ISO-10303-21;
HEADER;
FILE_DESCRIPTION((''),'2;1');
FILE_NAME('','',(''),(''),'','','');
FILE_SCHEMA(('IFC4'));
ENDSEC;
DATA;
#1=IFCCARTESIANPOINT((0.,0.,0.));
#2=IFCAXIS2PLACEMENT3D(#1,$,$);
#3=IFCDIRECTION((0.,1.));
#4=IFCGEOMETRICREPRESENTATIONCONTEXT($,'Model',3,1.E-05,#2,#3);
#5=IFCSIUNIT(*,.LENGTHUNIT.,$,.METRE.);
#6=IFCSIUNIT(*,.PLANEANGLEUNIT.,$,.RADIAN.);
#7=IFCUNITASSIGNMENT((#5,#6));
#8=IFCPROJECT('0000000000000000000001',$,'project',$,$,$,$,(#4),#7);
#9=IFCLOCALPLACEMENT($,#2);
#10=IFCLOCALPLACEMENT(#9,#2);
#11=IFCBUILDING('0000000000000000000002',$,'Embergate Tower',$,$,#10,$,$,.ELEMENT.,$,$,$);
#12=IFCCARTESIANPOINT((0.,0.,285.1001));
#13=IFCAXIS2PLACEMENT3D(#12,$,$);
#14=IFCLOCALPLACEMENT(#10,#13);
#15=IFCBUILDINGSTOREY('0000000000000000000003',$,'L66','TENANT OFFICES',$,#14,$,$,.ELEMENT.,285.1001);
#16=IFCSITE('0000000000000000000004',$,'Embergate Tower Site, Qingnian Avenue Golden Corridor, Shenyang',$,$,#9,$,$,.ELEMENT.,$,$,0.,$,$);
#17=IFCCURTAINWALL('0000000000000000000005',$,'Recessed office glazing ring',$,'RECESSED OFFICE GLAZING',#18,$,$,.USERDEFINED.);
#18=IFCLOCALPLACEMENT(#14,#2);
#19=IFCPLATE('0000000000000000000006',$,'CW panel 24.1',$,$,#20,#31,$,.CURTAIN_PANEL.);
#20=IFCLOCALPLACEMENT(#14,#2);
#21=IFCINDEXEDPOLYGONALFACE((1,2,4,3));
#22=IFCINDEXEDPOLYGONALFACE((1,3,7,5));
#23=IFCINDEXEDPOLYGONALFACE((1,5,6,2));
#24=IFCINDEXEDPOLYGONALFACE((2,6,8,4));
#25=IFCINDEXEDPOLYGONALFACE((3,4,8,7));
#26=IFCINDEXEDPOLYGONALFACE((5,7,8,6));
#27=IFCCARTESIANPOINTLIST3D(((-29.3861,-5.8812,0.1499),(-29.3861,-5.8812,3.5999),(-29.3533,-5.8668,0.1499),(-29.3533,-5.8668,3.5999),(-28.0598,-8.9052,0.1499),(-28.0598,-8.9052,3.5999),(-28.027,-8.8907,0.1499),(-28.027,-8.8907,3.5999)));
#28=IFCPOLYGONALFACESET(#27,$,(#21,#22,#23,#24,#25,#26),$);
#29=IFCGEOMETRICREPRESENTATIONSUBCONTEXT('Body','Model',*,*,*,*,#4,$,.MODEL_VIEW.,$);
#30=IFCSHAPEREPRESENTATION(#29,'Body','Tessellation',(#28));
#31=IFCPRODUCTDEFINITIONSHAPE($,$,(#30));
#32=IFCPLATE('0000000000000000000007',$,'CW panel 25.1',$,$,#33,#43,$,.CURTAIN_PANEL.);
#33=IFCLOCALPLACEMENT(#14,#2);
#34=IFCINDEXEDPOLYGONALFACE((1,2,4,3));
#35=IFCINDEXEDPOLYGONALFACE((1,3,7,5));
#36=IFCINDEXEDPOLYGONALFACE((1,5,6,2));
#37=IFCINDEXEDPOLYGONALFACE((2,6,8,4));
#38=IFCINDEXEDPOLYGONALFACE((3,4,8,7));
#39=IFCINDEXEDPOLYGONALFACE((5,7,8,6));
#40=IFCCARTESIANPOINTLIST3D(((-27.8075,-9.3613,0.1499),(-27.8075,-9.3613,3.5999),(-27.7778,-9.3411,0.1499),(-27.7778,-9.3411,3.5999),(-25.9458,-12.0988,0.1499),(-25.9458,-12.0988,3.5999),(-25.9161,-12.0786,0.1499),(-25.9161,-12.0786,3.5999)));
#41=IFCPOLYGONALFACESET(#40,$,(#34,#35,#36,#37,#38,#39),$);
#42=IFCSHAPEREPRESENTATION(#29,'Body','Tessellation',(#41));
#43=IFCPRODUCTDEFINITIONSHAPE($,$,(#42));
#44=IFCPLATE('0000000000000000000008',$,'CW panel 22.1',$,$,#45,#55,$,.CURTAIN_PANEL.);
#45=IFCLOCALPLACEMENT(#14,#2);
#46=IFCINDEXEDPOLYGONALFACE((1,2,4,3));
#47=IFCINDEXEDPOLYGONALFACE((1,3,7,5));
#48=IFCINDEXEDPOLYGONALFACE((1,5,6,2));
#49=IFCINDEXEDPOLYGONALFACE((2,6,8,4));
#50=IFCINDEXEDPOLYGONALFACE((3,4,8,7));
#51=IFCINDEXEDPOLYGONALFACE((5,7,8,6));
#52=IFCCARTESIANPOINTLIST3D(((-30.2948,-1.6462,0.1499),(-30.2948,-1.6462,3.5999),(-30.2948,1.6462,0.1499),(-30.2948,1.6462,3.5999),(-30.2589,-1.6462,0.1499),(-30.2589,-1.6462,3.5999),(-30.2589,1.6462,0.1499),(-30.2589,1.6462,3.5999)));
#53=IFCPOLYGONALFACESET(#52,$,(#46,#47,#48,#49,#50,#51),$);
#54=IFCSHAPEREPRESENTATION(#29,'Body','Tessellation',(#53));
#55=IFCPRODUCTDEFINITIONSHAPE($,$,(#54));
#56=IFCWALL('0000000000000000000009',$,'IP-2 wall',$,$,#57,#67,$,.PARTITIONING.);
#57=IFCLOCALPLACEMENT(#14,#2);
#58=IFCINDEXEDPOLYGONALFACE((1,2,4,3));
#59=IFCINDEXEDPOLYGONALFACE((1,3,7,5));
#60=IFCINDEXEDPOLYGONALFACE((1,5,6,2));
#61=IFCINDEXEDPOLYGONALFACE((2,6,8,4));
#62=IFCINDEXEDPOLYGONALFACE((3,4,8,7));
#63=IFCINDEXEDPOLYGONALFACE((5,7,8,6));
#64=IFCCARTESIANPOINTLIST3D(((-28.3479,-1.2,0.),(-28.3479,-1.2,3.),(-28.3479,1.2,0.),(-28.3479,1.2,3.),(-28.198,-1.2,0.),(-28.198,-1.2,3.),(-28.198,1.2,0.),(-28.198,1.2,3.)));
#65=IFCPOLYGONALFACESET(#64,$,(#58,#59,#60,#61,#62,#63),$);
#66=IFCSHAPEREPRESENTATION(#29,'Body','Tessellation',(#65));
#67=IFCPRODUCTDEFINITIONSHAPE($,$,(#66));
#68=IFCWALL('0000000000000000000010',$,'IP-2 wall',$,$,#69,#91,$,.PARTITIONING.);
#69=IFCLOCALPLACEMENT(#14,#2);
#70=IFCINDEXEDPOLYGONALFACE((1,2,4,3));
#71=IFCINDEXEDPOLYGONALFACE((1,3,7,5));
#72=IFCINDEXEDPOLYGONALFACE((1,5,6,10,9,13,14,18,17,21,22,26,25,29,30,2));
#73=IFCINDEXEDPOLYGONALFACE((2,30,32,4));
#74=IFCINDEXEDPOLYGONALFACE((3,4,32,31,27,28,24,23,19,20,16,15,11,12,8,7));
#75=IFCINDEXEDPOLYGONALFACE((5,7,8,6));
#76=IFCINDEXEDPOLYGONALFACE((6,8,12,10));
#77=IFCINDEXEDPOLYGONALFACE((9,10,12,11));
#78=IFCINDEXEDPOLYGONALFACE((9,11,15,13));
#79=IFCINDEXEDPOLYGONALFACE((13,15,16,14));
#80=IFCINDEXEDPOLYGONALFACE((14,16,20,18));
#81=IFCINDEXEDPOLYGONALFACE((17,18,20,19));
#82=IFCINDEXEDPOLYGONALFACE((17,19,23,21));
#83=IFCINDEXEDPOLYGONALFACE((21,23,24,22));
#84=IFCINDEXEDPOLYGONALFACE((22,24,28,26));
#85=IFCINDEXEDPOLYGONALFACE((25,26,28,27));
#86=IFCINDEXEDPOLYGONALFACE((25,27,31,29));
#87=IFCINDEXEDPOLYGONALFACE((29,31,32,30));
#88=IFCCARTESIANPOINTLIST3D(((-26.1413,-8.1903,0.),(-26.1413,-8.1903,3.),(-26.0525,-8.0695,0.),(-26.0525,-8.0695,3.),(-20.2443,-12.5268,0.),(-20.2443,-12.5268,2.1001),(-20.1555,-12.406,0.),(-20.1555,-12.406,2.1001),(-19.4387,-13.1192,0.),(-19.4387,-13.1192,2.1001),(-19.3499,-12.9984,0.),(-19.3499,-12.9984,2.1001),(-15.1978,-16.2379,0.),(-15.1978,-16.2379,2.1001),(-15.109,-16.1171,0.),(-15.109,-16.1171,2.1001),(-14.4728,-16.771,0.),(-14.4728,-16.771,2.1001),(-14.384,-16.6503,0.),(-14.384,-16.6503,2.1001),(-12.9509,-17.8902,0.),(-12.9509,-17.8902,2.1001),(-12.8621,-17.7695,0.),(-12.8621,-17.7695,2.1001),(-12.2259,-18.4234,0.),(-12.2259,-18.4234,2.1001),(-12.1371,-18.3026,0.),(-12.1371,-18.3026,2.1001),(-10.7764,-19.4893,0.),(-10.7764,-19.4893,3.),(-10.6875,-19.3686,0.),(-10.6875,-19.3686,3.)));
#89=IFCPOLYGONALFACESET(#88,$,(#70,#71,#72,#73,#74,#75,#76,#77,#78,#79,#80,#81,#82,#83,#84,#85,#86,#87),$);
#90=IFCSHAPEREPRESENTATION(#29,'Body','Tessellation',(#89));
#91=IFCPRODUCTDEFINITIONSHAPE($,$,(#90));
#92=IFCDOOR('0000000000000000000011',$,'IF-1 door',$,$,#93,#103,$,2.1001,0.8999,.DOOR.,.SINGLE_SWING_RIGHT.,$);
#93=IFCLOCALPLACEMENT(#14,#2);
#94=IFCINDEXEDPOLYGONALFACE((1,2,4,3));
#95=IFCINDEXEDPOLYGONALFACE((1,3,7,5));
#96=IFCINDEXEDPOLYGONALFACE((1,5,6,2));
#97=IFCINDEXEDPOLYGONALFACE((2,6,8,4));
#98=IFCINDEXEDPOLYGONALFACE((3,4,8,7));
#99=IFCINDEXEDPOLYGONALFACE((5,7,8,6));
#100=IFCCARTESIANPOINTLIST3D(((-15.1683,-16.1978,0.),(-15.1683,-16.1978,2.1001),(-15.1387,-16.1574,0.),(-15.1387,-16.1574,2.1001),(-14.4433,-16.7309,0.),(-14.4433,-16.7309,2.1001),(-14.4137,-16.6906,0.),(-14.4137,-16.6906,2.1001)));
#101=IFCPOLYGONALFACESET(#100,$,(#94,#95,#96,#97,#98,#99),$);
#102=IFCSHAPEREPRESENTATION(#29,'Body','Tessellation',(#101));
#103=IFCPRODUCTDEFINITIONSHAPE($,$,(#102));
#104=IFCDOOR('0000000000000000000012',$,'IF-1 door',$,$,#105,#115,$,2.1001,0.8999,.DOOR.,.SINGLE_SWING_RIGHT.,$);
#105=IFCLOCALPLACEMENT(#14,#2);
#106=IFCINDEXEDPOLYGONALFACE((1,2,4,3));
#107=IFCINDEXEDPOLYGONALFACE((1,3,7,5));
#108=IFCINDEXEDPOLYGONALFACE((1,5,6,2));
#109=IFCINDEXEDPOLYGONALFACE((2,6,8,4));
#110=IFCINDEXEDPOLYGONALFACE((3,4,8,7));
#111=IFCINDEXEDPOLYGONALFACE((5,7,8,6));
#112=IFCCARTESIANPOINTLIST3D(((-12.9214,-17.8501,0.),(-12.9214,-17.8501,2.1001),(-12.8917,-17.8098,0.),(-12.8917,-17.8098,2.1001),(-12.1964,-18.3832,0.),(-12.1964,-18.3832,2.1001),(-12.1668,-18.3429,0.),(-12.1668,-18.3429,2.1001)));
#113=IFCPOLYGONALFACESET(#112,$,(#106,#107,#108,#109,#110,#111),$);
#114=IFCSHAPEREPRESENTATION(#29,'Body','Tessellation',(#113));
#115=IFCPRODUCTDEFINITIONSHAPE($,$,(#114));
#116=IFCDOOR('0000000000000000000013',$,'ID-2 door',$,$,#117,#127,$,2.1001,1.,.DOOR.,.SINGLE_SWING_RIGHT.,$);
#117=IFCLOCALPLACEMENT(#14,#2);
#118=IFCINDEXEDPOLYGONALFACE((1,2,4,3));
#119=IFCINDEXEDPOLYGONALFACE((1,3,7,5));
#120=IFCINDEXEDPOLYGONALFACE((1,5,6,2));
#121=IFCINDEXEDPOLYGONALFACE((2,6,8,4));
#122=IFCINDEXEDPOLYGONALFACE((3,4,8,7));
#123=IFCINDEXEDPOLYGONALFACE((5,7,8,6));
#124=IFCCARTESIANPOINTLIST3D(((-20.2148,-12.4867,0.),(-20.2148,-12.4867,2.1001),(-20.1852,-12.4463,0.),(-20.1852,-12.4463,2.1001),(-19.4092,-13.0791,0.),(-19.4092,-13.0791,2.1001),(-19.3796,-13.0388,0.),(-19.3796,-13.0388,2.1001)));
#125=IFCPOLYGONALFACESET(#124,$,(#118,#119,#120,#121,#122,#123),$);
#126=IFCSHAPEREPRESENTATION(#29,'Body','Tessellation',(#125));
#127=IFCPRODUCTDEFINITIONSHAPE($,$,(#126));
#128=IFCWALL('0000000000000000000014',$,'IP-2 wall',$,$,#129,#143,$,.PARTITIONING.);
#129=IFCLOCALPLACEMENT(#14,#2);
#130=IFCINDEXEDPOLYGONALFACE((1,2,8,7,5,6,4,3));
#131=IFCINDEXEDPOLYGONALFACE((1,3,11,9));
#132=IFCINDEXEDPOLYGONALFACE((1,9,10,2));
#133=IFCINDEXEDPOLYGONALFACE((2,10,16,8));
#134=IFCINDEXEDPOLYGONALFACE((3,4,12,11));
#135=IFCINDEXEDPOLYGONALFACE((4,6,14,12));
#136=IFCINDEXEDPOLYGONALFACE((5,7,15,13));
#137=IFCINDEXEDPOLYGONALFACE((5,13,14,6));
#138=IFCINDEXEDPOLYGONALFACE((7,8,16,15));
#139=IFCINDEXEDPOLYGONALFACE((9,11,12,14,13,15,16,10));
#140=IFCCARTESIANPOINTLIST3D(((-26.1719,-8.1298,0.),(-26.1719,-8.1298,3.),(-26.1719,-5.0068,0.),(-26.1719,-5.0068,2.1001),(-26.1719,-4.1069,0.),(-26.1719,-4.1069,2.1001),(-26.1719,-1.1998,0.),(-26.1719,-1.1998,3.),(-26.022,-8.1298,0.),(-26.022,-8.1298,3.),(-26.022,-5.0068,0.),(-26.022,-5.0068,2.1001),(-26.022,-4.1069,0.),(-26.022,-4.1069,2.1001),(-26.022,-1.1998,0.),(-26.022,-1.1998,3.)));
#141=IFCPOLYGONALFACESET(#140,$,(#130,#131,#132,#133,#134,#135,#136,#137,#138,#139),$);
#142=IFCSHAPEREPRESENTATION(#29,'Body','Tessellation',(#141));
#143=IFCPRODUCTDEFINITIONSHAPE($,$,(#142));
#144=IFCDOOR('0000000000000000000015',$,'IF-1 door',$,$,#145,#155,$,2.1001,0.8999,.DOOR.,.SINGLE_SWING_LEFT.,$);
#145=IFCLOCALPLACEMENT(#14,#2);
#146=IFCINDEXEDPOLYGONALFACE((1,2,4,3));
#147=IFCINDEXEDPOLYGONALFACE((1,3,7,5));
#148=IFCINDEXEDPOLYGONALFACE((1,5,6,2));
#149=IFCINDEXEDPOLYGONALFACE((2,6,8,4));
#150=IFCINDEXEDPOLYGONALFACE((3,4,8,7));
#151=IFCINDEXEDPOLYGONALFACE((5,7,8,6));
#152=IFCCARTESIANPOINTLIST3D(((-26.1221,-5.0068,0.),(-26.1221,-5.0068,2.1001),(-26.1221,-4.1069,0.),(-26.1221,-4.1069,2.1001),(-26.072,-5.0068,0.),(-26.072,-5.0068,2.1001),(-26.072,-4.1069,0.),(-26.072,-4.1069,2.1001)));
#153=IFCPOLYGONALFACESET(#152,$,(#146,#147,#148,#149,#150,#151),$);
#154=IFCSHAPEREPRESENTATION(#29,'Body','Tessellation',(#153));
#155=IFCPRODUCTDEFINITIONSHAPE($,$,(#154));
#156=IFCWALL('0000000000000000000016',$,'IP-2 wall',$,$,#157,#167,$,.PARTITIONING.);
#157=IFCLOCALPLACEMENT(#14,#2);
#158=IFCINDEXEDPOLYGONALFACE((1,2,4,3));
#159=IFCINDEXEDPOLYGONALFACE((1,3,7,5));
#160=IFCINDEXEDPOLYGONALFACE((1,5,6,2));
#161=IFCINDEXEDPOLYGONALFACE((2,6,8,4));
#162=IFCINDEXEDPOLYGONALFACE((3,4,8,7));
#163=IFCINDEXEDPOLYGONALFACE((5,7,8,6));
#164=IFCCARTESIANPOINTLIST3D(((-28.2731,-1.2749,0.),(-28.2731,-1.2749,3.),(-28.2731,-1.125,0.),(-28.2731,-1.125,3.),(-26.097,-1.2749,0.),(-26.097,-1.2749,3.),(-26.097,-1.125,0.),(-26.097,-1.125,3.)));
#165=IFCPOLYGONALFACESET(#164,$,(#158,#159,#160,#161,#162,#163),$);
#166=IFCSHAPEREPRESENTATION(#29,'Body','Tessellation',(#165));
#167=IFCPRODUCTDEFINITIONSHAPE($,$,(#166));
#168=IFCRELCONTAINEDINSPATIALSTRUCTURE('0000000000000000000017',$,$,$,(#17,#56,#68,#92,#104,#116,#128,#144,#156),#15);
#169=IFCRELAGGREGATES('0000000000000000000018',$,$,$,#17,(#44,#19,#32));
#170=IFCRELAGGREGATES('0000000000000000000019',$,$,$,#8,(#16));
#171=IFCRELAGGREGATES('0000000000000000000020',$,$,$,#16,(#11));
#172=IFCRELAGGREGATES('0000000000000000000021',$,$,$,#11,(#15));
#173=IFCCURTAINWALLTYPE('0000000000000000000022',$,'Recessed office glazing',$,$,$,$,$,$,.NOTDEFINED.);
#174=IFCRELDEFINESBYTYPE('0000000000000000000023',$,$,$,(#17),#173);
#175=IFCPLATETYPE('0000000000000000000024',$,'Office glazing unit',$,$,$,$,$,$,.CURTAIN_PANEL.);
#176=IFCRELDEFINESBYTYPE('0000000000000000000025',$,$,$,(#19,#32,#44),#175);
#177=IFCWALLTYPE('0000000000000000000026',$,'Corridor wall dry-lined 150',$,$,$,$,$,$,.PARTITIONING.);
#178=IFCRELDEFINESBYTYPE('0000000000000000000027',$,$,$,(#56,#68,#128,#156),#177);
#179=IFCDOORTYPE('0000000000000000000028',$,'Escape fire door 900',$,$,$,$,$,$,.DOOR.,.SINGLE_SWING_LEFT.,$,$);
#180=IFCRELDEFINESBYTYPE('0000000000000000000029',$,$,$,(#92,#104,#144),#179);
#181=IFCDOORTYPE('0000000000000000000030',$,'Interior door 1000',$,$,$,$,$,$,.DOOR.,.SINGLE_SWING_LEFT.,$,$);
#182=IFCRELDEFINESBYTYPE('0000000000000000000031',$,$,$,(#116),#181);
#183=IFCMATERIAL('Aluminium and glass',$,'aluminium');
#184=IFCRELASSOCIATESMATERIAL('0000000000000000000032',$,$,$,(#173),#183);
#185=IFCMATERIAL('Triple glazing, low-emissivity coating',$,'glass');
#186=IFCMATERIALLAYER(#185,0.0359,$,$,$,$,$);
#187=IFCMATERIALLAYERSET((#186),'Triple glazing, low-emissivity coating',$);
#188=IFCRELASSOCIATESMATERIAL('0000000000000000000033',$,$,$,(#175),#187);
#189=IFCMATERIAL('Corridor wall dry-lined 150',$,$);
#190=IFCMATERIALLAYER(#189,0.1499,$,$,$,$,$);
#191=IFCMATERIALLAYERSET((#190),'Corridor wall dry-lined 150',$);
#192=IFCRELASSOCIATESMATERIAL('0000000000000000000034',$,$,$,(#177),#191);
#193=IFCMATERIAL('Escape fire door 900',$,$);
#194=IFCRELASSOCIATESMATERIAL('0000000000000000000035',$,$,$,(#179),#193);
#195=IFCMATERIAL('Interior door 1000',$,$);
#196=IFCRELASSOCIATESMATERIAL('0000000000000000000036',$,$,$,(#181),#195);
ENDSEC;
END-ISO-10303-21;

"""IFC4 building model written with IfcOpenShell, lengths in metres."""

from ifc_helpers import new_model, si_unit, direction, frame, frame_2d, origin, origin_2d, place, context, subcontext, project, spatial, rectangle, extrude, source, transform, mapped, material, layer, layer_set, type_object, element, fill, aggregate, save


model = new_model("IFC4")

# Units and contexts
model_context = context("Model", 3, precision=1e-05, world=origin(), true_north=direction((0.0, 1.0)))
body_context = subcontext(model_context, "Body", "Model", "MODEL_VIEW")
ifc_project = project(units=[si_unit("LENGTHUNIT", "METRE"), si_unit("PLANEANGLEUNIT", "RADIAN")], contexts=[model_context])

# Site, building, storey
site_placement = place(None, origin())
site = spatial("IfcSite", under=ifc_project, at=site_placement, Name="Embergate Tower Site, Qingnian Avenue Golden Corridor, Shenyang", CompositionType="ELEMENT", RefElevation=0.0)
building_placement = place(site_placement, origin())
building = spatial("IfcBuilding", under=site, at=building_placement, Name="Embergate Tower", CompositionType="ELEMENT")
storey_placement = place(building_placement, frame((0.0, 0.0, 285.1001)))
storey = spatial("IfcBuildingStorey", under=building, at=storey_placement, Name="L66", Description="TENANT OFFICES", CompositionType="ELEMENT", Elevation=285.1001)

# Curtain wall, plates
ifc_material_1 = material(Name="Aluminium and glass", Category="aluminium")
curtain_wall_type = type_object("IfcCurtainWallType", Name="Recessed office glazing", PredefinedType="NOTDEFINED", material=ifc_material_1)
curtain_wall_placement = place(storey_placement, origin())
curtain_wall = element("IfcCurtainWall", 1, at=curtain_wall_placement, inside=storey, type_object=curtain_wall_type, Name="Recessed office glazing ring", ObjectType="RECESSED OFFICE GLAZING", PredefinedType="USERDEFINED")
ifc_material_2 = material(Name="Triple glazing, low-emissivity coating", Category="glass")
ifc_layer_1 = layer(ifc_material_2, 0.0359)
ifc_layer_set_1 = layer_set([ifc_layer_1], Name="Triple glazing, low-emissivity coating")
plate_type = type_object("IfcPlateType", Name="Office glazing unit", PredefinedType="CURTAIN_PANEL", material=ifc_layer_set_1)
shared_shape_1 = source(origin(), body_context, "Body", "SweptSolid", [
    extrude(rectangle(XDim=3.302, YDim=0.0359, at=origin_2d()), origin(), (0.0, 0.0, 1.0), 3.45),
])
plate_1_placement = place(storey_placement, frame((-28.7065, -7.386, 0.1499), z_axis=(0.0, 0.0, 1.0), x_axis=(0.401663, -0.915787, 0.0)))
plate_1 = element("IfcPlate", 2, at=plate_1_placement, type_object=plate_type, Name="CW panel 24.1", PredefinedType="CURTAIN_PANEL", context=body_context, shape_type="MappedRepresentation", body=[
    mapped(shared_shape_1, transform((0.0, 0.0, 0.0))),
])
shared_shape_2 = source(origin(), body_context, "Body", "SweptSolid", [
    extrude(rectangle(XDim=3.3105, YDim=0.0359, at=origin_2d()), origin(), (0.0, 0.0, 1.0), 3.45),
])
plate_2_placement = place(storey_placement, frame((-26.8618, -10.72, 0.1499), z_axis=(0.0, 0.0, 1.0), x_axis=(0.562353, -0.826897, 0.0)))
plate_2 = element("IfcPlate", 3, at=plate_2_placement, type_object=plate_type, Name="CW panel 25.1", PredefinedType="CURTAIN_PANEL", context=body_context, shape_type="MappedRepresentation", body=[
    mapped(shared_shape_2, transform((0.0, 0.0, 0.0))),
])
shared_shape_3 = source(origin(), body_context, "Body", "SweptSolid", [
    extrude(rectangle(XDim=3.2925, YDim=0.0359, at=origin_2d()), origin(), (0.0, 0.0, 1.0), 3.45),
])
plate_3_placement = place(storey_placement, frame((-30.2769, 0.0, 0.1499), z_axis=(0.0, 0.0, 1.0), x_axis=(0.0, -1.0, 0.0)))
plate_3 = element("IfcPlate", 4, at=plate_3_placement, type_object=plate_type, Name="CW panel 22.1", PredefinedType="CURTAIN_PANEL", context=body_context, shape_type="MappedRepresentation", body=[
    mapped(shared_shape_3, transform((0.0, 0.0, 0.0))),
])
aggregate(curtain_wall, [plate_3, plate_1, plate_2])

# Wall
ifc_material_3 = material(Name="Corridor wall dry-lined 150")
ifc_layer_2 = layer(ifc_material_3, 0.1499)
ifc_layer_set_2 = layer_set([ifc_layer_2], Name="Corridor wall dry-lined 150")
wall_type_1 = type_object("IfcWallType", Name="Corridor wall dry-lined 150", PredefinedType="PARTITIONING", material=ifc_layer_set_2)
shared_shape_4 = source(origin(), body_context, "Body", "SweptSolid", [
    extrude(rectangle(XDim=2.3999, YDim=0.1499, at=frame_2d((1.2, 0.0))), origin(), (0.0, 0.0, 1.0), 3.0),
])
wall_1_placement = place(storey_placement, frame((-28.2729, -1.2, 0.0), z_axis=(0.0, 0.0, 1.0), x_axis=(0.0, 1.0, 0.0)))
element("IfcWall", 5, at=wall_1_placement, inside=storey, type_object=wall_type_1, Name="IP-2 wall", PredefinedType="PARTITIONING", context=body_context, shape_type="MappedRepresentation", body=[
    mapped(shared_shape_4, transform((0.0, 0.0, 0.0))),
])

# Wall, openings, doors
shared_shape_5 = source(origin(), body_context, "Body", "SweptSolid", [
    extrude(rectangle(XDim=19.0723, YDim=0.1499, at=frame_2d((9.5361, 0.0))), origin(), (0.0, 0.0, 1.0), 3.0),
])
wall_2_placement = place(storey_placement, frame((-26.0969, -8.1299, 0.0), z_axis=(0.0, 0.0, 1.0), x_axis=(0.805619, -0.592434, 0.0)))
wall_2 = element("IfcWall", 6, at=wall_2_placement, inside=storey, type_object=wall_type_1, Name="IP-2 wall", PredefinedType="PARTITIONING", context=body_context, shape_type="MappedRepresentation", body=[
    mapped(shared_shape_5, transform((0.0, 0.0, 0.0))),
])
shared_shape_6 = source(origin(), body_context, "Body", "SweptSolid", [
    extrude(rectangle(XDim=1.0, YDim=2.1001, at=frame_2d((0.5, 1.05))), frame((0.0, 0.085, 0.0), z_axis=(0.0, -1.0, 0.0), x_axis=(1.0, 0.0, 0.0)), (0.0, 0.0, 1.0), 0.1699),
])
opening_1_placement = place(wall_2_placement, frame((7.3198, 0.0, 0.0)))
opening_1 = element("IfcOpeningElement", 7, at=opening_1_placement, cuts=wall_2, PredefinedType="OPENING", context=body_context, shape_type="MappedRepresentation", body=[
    mapped(shared_shape_6, transform((0.0, 0.0, 0.0))),
])
shared_shape_7 = source(origin(), body_context, "Body", "SweptSolid", [
    extrude(rectangle(XDim=0.8999, YDim=2.1001, at=frame_2d((0.45, 1.05))), frame((0.0, 0.085, 0.0), z_axis=(0.0, -1.0, 0.0), x_axis=(1.0, 0.0, 0.0)), (0.0, 0.0, 1.0), 0.1699),
])
opening_2_placement = place(wall_2_placement, frame((13.584, 0.0, 0.0)))
opening_2 = element("IfcOpeningElement", 8, at=opening_2_placement, cuts=wall_2, PredefinedType="OPENING", context=body_context, shape_type="MappedRepresentation", body=[
    mapped(shared_shape_7, transform((0.0, 0.0, 0.0))),
])
opening_3_placement = place(wall_2_placement, frame((16.373, 0.0, 0.0)))
opening_3 = element("IfcOpeningElement", 9, at=opening_3_placement, cuts=wall_2, PredefinedType="OPENING", context=body_context, shape_type="MappedRepresentation", body=[
    mapped(shared_shape_7, transform((0.0, 0.0, 0.0))),
])
ifc_material_4 = material(Name="Escape fire door 900")
door_type_1 = type_object("IfcDoorType", Name="Escape fire door 900", OperationType="SINGLE_SWING_LEFT", PredefinedType="DOOR", material=ifc_material_4)
shared_shape_8 = source(origin(), body_context, "Body", "SweptSolid", [
    extrude(rectangle(XDim=0.8999, YDim=2.1001, at=frame_2d((0.45, 1.05))), frame((0.0, 0.0249, 0.0), z_axis=(0.0, -1.0, 0.0), x_axis=(1.0, 0.0, 0.0)), (0.0, 0.0, 1.0), 0.05),
])
door_1_placement = place(opening_2_placement, origin())
door_1 = element("IfcDoor", 10, at=door_1_placement, inside=storey, type_object=door_type_1, Name="IF-1 door", OperationType="SINGLE_SWING_RIGHT", OverallHeight=2.1001, OverallWidth=0.8999, PredefinedType="DOOR", context=body_context, shape_type="MappedRepresentation", body=[
    mapped(shared_shape_8, transform((0.0, 0.0, 0.0))),
])
fill(opening_2, door_1)
door_2_placement = place(opening_3_placement, origin())
door_2 = element("IfcDoor", 11, at=door_2_placement, inside=storey, type_object=door_type_1, Name="IF-1 door", OperationType="SINGLE_SWING_RIGHT", OverallHeight=2.1001, OverallWidth=0.8999, PredefinedType="DOOR", context=body_context, shape_type="MappedRepresentation", body=[
    mapped(shared_shape_8, transform((0.0, 0.0, 0.0))),
])
fill(opening_3, door_2)
ifc_material_5 = material(Name="Interior door 1000")
door_type_2 = type_object("IfcDoorType", Name="Interior door 1000", OperationType="SINGLE_SWING_LEFT", PredefinedType="DOOR", material=ifc_material_5)
shared_shape_9 = source(origin(), body_context, "Body", "SweptSolid", [
    extrude(rectangle(XDim=1.0, YDim=2.1001, at=frame_2d((0.5, 1.05))), frame((0.0, 0.0249, 0.0), z_axis=(0.0, -1.0, 0.0), x_axis=(1.0, 0.0, 0.0)), (0.0, 0.0, 1.0), 0.05),
])
door_3_placement = place(opening_1_placement, origin())
door_3 = element("IfcDoor", 12, at=door_3_placement, inside=storey, type_object=door_type_2, Name="ID-2 door", OperationType="SINGLE_SWING_RIGHT", OverallHeight=2.1001, OverallWidth=1.0, PredefinedType="DOOR", context=body_context, shape_type="MappedRepresentation", body=[
    mapped(shared_shape_9, transform((0.0, 0.0, 0.0))),
])
fill(opening_1, door_3)

# Wall, opening, door
shared_shape_10 = source(origin(), body_context, "Body", "SweptSolid", [
    extrude(rectangle(XDim=6.9299, YDim=0.1499, at=frame_2d((3.4648, 0.0))), origin(), (0.0, 0.0, 1.0), 3.0),
])
wall_3_placement = place(storey_placement, frame((-26.0969, -1.2, 0.0), z_axis=(0.0, 0.0, 1.0), x_axis=(0.0, -1.0, 0.0)))
wall_3 = element("IfcWall", 13, at=wall_3_placement, inside=storey, type_object=wall_type_1, Name="IP-2 wall", PredefinedType="PARTITIONING", context=body_context, shape_type="MappedRepresentation", body=[
    mapped(shared_shape_10, transform((0.0, 0.0, 0.0))),
])
opening_4_placement = place(wall_3_placement, frame((2.907, 0.0, 0.0)))
opening_4 = element("IfcOpeningElement", 14, at=opening_4_placement, cuts=wall_3, PredefinedType="OPENING", context=body_context, shape_type="MappedRepresentation", body=[
    mapped(shared_shape_7, transform((0.0, 0.0, 0.0))),
])
door_4_placement = place(opening_4_placement, origin())
door_4 = element("IfcDoor", 15, at=door_4_placement, inside=storey, type_object=door_type_1, Name="IF-1 door", OperationType="SINGLE_SWING_LEFT", OverallHeight=2.1001, OverallWidth=0.8999, PredefinedType="DOOR", context=body_context, shape_type="MappedRepresentation", body=[
    mapped(shared_shape_8, transform((0.0, 0.0, 0.0))),
])
fill(opening_4, door_4)

# Wall
shared_shape_11 = source(origin(), body_context, "Body", "SweptSolid", [
    extrude(rectangle(XDim=2.176, YDim=0.1499, at=frame_2d((1.0879, 0.0))), origin(), (0.0, 0.0, 1.0), 3.0),
])
wall_4_placement = place(storey_placement, frame((-28.2729, -1.2, 0.0), z_axis=(0.0, 0.0, 1.0), x_axis=(1.0, 0.0, 0.0)))
element("IfcWall", 16, at=wall_4_placement, inside=storey, type_object=wall_type_1, Name="IP-2 wall", PredefinedType="PARTITIONING", context=body_context, shape_type="MappedRepresentation", body=[
    mapped(shared_shape_11, transform((0.0, 0.0, 0.0))),
])

save(model, "model.ifc")
